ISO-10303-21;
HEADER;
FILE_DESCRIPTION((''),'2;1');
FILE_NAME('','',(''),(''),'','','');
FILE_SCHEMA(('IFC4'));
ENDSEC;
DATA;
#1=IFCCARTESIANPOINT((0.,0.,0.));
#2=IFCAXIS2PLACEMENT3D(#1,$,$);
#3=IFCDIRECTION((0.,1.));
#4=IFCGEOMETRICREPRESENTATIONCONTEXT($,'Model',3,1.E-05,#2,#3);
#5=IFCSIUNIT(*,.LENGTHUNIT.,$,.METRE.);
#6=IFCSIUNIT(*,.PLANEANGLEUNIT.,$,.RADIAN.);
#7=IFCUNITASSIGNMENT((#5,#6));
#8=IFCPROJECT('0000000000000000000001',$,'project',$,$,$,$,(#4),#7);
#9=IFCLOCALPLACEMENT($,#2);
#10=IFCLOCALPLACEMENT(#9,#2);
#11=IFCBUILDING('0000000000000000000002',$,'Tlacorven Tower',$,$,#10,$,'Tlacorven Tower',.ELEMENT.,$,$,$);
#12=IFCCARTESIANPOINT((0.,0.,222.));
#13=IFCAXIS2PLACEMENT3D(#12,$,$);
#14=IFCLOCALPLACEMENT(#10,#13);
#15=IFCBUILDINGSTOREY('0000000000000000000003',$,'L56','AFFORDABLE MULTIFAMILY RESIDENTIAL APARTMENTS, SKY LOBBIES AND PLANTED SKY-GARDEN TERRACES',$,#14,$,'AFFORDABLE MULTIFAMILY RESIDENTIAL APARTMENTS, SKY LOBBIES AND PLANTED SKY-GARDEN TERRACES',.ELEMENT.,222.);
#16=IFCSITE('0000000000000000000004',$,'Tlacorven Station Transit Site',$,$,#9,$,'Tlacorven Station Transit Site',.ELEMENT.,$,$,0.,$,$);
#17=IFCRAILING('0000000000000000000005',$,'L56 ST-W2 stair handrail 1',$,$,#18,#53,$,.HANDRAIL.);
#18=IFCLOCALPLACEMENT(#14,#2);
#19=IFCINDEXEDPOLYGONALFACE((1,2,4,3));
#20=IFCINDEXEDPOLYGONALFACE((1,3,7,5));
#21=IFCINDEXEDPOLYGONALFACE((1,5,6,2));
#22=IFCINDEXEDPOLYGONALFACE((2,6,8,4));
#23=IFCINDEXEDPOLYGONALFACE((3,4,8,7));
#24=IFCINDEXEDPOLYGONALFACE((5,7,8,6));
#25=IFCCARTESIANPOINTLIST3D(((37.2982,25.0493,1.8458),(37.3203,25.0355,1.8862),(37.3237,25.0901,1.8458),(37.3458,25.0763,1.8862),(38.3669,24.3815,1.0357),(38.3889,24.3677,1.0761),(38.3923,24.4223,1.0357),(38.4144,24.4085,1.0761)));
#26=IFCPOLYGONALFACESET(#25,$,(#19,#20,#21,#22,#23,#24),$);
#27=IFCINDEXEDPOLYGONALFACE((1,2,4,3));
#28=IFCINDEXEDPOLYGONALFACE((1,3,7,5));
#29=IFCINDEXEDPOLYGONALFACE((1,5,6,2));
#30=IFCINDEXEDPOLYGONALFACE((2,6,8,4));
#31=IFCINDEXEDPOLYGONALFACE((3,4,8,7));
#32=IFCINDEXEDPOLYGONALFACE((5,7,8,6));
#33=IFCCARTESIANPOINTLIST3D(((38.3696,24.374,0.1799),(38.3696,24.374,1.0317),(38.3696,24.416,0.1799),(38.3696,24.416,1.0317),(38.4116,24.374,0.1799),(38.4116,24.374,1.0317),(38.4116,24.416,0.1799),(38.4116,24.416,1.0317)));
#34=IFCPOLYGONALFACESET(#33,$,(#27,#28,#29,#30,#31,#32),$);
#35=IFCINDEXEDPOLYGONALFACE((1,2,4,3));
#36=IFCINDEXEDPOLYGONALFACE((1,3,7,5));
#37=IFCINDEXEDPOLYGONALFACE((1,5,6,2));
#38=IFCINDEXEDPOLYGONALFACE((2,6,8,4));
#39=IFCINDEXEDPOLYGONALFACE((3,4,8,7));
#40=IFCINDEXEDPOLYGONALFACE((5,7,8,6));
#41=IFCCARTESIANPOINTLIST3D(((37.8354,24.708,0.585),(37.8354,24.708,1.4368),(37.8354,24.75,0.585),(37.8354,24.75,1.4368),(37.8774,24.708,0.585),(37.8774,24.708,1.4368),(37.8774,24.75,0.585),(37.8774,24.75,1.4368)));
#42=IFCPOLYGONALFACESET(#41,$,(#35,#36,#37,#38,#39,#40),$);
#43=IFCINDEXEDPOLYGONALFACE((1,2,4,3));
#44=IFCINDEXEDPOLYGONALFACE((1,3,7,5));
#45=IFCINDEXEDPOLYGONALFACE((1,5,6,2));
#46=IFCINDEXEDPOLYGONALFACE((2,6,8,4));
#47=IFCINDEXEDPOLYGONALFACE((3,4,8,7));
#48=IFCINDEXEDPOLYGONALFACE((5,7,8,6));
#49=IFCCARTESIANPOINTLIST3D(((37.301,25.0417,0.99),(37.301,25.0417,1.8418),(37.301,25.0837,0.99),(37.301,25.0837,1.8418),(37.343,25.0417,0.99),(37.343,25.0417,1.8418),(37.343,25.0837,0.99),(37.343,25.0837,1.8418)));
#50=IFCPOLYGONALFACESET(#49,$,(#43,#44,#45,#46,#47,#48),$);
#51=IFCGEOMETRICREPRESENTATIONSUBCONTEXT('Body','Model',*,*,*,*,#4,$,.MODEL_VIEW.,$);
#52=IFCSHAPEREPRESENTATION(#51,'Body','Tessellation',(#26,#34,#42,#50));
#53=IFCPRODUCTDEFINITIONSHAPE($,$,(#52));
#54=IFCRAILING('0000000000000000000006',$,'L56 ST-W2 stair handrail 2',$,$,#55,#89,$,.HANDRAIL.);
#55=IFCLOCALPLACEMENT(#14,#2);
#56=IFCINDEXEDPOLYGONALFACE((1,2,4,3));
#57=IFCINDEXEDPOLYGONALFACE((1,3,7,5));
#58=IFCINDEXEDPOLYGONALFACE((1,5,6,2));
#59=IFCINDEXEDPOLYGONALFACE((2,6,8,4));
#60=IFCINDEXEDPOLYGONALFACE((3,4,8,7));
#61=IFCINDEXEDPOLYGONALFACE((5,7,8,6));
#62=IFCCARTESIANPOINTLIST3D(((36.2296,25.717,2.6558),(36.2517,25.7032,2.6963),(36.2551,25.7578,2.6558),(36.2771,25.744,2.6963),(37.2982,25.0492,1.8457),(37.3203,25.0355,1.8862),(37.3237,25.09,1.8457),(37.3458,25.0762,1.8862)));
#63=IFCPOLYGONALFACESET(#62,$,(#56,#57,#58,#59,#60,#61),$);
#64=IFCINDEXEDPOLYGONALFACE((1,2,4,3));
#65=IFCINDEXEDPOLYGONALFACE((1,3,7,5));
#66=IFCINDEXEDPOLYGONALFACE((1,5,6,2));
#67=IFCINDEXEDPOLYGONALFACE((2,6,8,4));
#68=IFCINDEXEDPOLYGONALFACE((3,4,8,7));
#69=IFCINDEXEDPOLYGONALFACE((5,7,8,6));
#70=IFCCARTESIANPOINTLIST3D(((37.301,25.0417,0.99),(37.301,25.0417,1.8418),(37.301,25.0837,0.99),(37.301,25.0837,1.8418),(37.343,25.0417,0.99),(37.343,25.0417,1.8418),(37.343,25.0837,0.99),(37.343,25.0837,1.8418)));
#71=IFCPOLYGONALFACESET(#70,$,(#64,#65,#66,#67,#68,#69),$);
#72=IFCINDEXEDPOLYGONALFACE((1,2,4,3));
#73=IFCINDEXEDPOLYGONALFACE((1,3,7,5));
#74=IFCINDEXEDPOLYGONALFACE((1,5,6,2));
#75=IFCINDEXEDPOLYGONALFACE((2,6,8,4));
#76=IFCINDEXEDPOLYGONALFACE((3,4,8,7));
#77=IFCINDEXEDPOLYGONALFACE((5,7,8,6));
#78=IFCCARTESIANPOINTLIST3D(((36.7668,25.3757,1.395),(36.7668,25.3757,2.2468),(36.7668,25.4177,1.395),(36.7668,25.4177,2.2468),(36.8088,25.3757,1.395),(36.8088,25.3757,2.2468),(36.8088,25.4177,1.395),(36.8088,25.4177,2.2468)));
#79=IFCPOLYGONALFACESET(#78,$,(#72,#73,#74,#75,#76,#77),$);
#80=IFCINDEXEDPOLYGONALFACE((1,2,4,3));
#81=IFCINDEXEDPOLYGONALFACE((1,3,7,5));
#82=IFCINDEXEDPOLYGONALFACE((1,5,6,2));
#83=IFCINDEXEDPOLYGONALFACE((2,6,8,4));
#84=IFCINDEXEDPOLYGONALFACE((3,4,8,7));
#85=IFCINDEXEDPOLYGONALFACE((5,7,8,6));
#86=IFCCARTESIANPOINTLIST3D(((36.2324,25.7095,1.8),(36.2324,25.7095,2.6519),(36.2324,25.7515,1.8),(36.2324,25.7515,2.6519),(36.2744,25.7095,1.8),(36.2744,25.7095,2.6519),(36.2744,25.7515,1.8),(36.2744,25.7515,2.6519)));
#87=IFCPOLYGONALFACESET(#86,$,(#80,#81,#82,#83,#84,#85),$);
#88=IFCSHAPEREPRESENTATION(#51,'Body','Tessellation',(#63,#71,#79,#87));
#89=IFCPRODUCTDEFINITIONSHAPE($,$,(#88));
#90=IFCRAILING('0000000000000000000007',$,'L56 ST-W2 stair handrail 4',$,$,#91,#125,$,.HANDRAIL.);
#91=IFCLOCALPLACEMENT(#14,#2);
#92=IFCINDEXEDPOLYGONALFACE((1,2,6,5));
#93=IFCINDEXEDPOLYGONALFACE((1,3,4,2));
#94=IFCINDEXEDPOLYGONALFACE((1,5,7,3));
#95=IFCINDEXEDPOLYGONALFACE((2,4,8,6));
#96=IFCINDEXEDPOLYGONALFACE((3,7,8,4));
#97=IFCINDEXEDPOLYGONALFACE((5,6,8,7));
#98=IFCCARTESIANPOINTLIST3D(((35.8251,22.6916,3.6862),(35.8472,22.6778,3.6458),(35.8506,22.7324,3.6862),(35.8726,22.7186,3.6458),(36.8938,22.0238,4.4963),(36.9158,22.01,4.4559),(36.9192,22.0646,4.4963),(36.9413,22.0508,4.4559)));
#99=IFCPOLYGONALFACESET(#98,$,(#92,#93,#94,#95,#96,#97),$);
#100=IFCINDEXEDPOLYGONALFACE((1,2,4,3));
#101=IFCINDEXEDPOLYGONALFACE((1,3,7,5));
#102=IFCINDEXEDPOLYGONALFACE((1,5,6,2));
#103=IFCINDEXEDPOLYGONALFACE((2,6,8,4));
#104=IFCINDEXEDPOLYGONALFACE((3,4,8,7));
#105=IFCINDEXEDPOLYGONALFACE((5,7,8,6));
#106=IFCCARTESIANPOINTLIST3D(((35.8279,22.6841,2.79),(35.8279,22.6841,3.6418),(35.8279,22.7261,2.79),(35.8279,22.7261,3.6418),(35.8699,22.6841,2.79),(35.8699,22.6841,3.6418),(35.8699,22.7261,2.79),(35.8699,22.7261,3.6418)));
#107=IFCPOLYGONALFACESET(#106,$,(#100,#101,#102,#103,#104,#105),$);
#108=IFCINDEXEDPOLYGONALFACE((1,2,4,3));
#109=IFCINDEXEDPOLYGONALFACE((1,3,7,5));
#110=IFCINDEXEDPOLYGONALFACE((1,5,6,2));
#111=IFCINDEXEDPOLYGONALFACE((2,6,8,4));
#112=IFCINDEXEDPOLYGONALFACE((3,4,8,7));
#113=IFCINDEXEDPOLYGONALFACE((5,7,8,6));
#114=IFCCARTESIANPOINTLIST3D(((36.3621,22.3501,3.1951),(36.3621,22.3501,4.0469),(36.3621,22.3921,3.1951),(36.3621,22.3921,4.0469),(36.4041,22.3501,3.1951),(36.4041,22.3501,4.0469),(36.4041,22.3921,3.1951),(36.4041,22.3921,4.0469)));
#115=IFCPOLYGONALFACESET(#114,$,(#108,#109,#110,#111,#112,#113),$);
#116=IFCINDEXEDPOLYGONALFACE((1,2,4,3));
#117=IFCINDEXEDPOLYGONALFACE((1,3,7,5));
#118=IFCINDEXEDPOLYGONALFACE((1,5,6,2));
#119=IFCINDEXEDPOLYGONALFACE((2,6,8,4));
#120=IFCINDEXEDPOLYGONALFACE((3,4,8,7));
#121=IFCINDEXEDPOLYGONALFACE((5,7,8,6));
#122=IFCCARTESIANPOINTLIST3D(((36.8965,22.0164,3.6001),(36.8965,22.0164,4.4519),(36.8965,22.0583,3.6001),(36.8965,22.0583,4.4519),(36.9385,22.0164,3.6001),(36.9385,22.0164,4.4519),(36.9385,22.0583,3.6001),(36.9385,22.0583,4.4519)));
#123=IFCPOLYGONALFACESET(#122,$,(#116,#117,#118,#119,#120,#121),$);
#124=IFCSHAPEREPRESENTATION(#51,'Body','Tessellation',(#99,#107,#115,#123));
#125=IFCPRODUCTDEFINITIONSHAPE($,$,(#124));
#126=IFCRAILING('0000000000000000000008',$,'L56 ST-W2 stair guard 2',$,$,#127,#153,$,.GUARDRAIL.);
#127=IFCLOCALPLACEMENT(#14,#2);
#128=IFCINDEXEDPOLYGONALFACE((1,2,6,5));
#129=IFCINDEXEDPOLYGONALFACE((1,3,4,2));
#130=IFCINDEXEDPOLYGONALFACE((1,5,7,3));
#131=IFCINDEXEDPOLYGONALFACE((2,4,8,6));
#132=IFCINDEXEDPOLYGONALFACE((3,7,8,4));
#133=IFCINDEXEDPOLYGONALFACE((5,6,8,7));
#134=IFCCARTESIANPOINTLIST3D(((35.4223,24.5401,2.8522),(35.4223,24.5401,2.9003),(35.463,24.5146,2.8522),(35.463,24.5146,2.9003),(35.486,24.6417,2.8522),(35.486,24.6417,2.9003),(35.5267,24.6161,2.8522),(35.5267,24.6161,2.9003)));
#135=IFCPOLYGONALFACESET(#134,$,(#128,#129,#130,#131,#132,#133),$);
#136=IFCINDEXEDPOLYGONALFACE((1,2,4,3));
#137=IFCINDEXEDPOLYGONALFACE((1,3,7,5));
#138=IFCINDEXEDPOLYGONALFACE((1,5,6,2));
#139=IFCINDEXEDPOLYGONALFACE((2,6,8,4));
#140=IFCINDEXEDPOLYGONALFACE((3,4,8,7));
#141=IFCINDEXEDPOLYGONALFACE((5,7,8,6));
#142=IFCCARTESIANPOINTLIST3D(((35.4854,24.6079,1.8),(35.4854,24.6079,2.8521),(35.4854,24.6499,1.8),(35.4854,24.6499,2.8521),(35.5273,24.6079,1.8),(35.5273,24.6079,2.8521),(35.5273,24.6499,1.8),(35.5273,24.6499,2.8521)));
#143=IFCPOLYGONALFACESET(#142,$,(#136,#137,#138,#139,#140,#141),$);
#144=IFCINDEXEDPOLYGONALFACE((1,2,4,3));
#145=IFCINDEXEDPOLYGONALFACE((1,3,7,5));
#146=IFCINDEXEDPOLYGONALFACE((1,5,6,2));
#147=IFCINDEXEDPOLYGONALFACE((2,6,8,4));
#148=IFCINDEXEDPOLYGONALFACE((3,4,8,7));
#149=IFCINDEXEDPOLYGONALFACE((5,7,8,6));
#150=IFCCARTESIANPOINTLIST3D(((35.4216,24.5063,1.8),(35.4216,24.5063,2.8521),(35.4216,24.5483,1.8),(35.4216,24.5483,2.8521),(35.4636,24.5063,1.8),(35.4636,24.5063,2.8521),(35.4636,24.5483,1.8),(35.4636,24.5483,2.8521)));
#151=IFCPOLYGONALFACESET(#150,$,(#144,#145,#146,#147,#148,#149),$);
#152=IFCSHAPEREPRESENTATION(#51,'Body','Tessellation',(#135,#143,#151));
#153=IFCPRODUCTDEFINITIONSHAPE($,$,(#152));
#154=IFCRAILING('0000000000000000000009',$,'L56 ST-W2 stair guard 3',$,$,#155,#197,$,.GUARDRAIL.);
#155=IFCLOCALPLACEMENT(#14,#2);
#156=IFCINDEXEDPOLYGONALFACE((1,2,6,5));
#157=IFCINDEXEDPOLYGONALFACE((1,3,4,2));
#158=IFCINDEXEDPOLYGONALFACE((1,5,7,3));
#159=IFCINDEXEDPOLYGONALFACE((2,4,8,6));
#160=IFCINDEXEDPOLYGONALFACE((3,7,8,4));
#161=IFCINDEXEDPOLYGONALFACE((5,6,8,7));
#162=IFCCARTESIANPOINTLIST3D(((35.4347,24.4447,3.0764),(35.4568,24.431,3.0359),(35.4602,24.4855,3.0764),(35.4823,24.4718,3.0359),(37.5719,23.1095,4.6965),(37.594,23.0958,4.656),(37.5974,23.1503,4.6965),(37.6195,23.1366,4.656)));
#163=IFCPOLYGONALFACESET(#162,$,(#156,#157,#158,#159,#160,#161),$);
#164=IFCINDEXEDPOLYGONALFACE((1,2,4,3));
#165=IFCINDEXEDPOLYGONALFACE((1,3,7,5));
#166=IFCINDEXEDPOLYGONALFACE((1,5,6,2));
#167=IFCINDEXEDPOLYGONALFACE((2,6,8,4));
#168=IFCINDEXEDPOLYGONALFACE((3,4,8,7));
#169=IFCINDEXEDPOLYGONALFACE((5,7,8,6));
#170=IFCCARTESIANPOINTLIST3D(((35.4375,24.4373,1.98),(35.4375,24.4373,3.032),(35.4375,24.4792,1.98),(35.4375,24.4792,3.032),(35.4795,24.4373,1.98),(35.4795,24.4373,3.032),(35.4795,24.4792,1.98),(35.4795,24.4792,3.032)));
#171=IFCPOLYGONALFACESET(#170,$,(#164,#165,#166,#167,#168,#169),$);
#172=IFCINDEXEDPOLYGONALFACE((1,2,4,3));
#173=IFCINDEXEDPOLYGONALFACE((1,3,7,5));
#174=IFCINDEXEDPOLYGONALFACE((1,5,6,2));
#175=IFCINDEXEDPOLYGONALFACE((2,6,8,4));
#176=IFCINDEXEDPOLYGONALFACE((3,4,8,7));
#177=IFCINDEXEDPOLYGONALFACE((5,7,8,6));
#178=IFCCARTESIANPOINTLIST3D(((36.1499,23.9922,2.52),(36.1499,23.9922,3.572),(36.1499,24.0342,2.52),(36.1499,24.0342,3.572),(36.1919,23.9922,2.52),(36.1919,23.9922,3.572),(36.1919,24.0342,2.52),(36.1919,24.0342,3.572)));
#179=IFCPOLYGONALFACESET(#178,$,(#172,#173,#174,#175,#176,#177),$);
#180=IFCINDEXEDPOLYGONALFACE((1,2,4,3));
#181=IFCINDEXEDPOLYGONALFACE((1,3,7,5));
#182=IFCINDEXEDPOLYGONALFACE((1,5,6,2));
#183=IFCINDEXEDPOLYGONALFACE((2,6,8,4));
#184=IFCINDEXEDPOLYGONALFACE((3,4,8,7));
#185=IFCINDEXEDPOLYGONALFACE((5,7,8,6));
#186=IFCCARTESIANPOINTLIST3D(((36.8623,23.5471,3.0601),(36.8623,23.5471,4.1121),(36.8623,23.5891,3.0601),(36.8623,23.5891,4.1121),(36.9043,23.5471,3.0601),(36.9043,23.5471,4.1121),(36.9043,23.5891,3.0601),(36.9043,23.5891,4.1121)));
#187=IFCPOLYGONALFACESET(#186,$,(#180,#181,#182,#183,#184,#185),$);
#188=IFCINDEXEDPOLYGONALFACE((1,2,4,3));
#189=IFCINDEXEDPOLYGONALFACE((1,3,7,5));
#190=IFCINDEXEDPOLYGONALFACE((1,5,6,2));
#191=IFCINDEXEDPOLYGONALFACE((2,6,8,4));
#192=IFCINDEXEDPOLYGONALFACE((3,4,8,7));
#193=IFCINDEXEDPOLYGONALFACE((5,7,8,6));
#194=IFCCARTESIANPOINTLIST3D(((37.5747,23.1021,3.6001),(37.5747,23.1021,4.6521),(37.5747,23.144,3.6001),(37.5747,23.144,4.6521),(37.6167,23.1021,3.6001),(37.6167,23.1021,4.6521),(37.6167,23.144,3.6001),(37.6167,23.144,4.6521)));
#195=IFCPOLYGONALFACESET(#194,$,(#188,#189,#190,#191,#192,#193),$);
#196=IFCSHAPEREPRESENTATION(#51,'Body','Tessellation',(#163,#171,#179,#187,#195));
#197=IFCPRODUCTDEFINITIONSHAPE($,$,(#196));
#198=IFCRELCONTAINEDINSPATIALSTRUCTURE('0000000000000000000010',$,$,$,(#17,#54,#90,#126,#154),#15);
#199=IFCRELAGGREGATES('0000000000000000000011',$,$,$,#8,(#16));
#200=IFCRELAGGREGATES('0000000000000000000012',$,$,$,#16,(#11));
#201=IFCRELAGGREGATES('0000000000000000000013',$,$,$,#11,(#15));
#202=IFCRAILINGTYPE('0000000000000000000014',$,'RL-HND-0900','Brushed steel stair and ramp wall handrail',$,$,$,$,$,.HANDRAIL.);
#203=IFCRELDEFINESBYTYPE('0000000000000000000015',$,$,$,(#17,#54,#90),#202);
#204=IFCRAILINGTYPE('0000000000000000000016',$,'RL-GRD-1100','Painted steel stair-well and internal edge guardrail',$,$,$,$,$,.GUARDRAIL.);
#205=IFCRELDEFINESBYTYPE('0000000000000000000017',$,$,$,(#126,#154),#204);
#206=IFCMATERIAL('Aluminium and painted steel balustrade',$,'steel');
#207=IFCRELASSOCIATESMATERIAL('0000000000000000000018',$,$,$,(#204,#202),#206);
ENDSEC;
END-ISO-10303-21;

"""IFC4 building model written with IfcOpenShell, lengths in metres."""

from ifc_helpers import new_model, si_unit, direction, frame, origin, origin_2d, place, context, subcontext, project, spatial, rectangle, extrude, source, transform, mapped, material, type_object, element, save


model = new_model("IFC4")

# Units and contexts
model_context = context("Model", 3, precision=1e-05, world=origin(), true_north=direction((0.0, 1.0)))
body_context = subcontext(model_context, "Body", "Model", "MODEL_VIEW")
ifc_project = project(units=[si_unit("LENGTHUNIT", "METRE"), si_unit("PLANEANGLEUNIT", "RADIAN")], contexts=[model_context])

# Site, building, storey
site_placement = place(None, origin())
site = spatial("IfcSite", under=ifc_project, at=site_placement, Name="Tlacorven Station Transit Site", LongName="Tlacorven Station Transit Site", CompositionType="ELEMENT", RefElevation=0.0)
building_placement = place(site_placement, origin())
building = spatial("IfcBuilding", under=site, at=building_placement, Name="Tlacorven Tower", LongName="Tlacorven Tower", CompositionType="ELEMENT")
storey_placement = place(building_placement, frame((0.0, 0.0, 222.0)))
storey = spatial("IfcBuildingStorey", under=building, at=storey_placement, Name="L56", Description="AFFORDABLE MULTIFAMILY RESIDENTIAL APARTMENTS, SKY LOBBIES AND PLANTED SKY-GARDEN TERRACES", LongName="AFFORDABLE MULTIFAMILY RESIDENTIAL APARTMENTS, SKY LOBBIES AND PLANTED SKY-GARDEN TERRACES", CompositionType="ELEMENT", Elevation=222.0)

# Railings
ifc_material_1 = material(Name="Aluminium and painted steel balustrade", Category="steel")
railing_type_1 = type_object("IfcRailingType", Name="RL-GRD-1100", Description="Painted steel stair-well and internal edge guardrail", PredefinedType="GUARDRAIL", material=ifc_material_1)
railing_type_2 = type_object("IfcRailingType", Name="RL-HND-0900", Description="Brushed steel stair and ramp wall handrail", PredefinedType="HANDRAIL", material=ifc_material_1)
shared_shape_1 = source(origin(), body_context, "Body", "SweptSolid", [
    extrude(rectangle(XDim=0.0481, YDim=0.0481, at=origin_2d()), frame((0.0, 0.0, 0.876), z_axis=(-0.71336, 0.445748, 0.540765), x_axis=(-0.529912, -0.848053, 0.0)), (0.0, 0.0, 1.0), 1.498),
    extrude(rectangle(XDim=0.042, YDim=0.042, at=origin_2d()), origin(), (0.0, 0.0, 1.0), 0.8518),
    extrude(rectangle(XDim=0.042, YDim=0.042, at=origin_2d()), frame((-0.5342, 0.334, 0.405)), (0.0, 0.0, 1.0), 0.8518),
    extrude(rectangle(XDim=0.042, YDim=0.042, at=origin_2d()), frame((-1.0686, 0.6677, 0.8101)), (0.0, 0.0, 1.0), 0.8518),
])
for number, where, name in (
    (1, (38.3906, 24.395, 0.1799), "L56 ST-W2 stair handrail 1"),
    (2, (37.322, 25.0627, 0.99), "L56 ST-W2 stair handrail 2"),
):
    element("IfcRailing", number, at=place(storey_placement, frame(where)), inside=storey, type_object=railing_type_2, Name=name, PredefinedType="HANDRAIL", context=body_context, shape_type="MappedRepresentation", body=[
        mapped(shared_shape_1, transform((0.0, 0.0, 0.0), scale=1.0)),
    ])
shared_shape_2 = source(origin(), body_context, "Body", "SweptSolid", [
    extrude(rectangle(XDim=0.0481, YDim=0.0481, at=origin_2d()), frame((0.0, 0.0, 0.876), z_axis=(0.71336, -0.445748, 0.540765), x_axis=(0.529912, 0.848053, 0.0)), (0.0, 0.0, 1.0), 1.498),
    extrude(rectangle(XDim=0.042, YDim=0.042, at=origin_2d()), origin(), (0.0, 0.0, 1.0), 0.8518),
    extrude(rectangle(XDim=0.042, YDim=0.042, at=origin_2d()), frame((0.5342, -0.334, 0.405)), (0.0, 0.0, 1.0), 0.8518),
    extrude(rectangle(XDim=0.042, YDim=0.042, at=origin_2d()), frame((1.0686, -0.6677, 0.8101)), (0.0, 0.0, 1.0), 0.8518),
])
railing_1_placement = place(storey_placement, frame((35.8489, 22.7051, 2.79)))
element("IfcRailing", 3, at=railing_1_placement, inside=storey, type_object=railing_type_2, Name="L56 ST-W2 stair handrail 4", PredefinedType="HANDRAIL", context=body_context, shape_type="MappedRepresentation", body=[
    mapped(shared_shape_2, transform((0.0, 0.0, 0.0), scale=1.0)),
])
shared_shape_3 = source(origin(), body_context, "Body", "SweptSolid", [
    extrude(rectangle(XDim=0.0481, YDim=0.0481, at=origin_2d()), frame((0.0, 0.0, 1.0762), z_axis=(-0.531462, -0.847082, 0.0), x_axis=(0.847082, -0.531462, 0.0)), (0.0, 0.0, 1.0), 0.1199),
    extrude(rectangle(XDim=0.042, YDim=0.042, at=origin_2d()), origin(), (0.0, 0.0, 1.0), 1.052),
    extrude(rectangle(XDim=0.042, YDim=0.042, at=origin_2d()), frame((-0.0637, -0.1016, 0.0)), (0.0, 0.0, 1.0), 1.052),
])
railing_2_placement = place(storey_placement, frame((35.5063, 24.6289, 1.8)))
element("IfcRailing", 4, at=railing_2_placement, inside=storey, type_object=railing_type_1, Name="L56 ST-W2 stair guard 2", PredefinedType="GUARDRAIL", context=body_context, shape_type="MappedRepresentation", body=[
    mapped(shared_shape_3, transform((0.0, 0.0, 0.0), scale=1.0)),
])
shared_shape_4 = source(origin(), body_context, "Body", "SweptSolid", [
    extrude(rectangle(XDim=0.0481, YDim=0.0481, at=origin_2d()), frame((0.0, 0.0, 1.0762), z_axis=(0.713386, -0.445683, 0.540784), x_axis=(0.529842, 0.848096, 0.0)), (0.0, 0.0, 1.0), 2.9958),
    extrude(rectangle(XDim=0.042, YDim=0.042, at=origin_2d()), origin(), (0.0, 0.0, 1.0), 1.052),
    extrude(rectangle(XDim=0.042, YDim=0.042, at=origin_2d()), frame((0.7124, -0.4451, 0.54)), (0.0, 0.0, 1.0), 1.052),
    extrude(rectangle(XDim=0.042, YDim=0.042, at=origin_2d()), frame((1.4248, -0.8901, 1.0801)), (0.0, 0.0, 1.0), 1.052),
    extrude(rectangle(XDim=0.042, YDim=0.042, at=origin_2d()), frame((2.1372, -1.3352, 1.6201)), (0.0, 0.0, 1.0), 1.052),
])
railing_3_placement = place(storey_placement, frame((35.4585, 24.4583, 1.98)))
element("IfcRailing", 5, at=railing_3_placement, inside=storey, type_object=railing_type_1, Name="L56 ST-W2 stair guard 3", PredefinedType="GUARDRAIL", context=body_context, shape_type="MappedRepresentation", body=[
    mapped(shared_shape_4, transform((0.0, 0.0, 0.0), scale=1.0)),
])

save(model, "model.ifc")
